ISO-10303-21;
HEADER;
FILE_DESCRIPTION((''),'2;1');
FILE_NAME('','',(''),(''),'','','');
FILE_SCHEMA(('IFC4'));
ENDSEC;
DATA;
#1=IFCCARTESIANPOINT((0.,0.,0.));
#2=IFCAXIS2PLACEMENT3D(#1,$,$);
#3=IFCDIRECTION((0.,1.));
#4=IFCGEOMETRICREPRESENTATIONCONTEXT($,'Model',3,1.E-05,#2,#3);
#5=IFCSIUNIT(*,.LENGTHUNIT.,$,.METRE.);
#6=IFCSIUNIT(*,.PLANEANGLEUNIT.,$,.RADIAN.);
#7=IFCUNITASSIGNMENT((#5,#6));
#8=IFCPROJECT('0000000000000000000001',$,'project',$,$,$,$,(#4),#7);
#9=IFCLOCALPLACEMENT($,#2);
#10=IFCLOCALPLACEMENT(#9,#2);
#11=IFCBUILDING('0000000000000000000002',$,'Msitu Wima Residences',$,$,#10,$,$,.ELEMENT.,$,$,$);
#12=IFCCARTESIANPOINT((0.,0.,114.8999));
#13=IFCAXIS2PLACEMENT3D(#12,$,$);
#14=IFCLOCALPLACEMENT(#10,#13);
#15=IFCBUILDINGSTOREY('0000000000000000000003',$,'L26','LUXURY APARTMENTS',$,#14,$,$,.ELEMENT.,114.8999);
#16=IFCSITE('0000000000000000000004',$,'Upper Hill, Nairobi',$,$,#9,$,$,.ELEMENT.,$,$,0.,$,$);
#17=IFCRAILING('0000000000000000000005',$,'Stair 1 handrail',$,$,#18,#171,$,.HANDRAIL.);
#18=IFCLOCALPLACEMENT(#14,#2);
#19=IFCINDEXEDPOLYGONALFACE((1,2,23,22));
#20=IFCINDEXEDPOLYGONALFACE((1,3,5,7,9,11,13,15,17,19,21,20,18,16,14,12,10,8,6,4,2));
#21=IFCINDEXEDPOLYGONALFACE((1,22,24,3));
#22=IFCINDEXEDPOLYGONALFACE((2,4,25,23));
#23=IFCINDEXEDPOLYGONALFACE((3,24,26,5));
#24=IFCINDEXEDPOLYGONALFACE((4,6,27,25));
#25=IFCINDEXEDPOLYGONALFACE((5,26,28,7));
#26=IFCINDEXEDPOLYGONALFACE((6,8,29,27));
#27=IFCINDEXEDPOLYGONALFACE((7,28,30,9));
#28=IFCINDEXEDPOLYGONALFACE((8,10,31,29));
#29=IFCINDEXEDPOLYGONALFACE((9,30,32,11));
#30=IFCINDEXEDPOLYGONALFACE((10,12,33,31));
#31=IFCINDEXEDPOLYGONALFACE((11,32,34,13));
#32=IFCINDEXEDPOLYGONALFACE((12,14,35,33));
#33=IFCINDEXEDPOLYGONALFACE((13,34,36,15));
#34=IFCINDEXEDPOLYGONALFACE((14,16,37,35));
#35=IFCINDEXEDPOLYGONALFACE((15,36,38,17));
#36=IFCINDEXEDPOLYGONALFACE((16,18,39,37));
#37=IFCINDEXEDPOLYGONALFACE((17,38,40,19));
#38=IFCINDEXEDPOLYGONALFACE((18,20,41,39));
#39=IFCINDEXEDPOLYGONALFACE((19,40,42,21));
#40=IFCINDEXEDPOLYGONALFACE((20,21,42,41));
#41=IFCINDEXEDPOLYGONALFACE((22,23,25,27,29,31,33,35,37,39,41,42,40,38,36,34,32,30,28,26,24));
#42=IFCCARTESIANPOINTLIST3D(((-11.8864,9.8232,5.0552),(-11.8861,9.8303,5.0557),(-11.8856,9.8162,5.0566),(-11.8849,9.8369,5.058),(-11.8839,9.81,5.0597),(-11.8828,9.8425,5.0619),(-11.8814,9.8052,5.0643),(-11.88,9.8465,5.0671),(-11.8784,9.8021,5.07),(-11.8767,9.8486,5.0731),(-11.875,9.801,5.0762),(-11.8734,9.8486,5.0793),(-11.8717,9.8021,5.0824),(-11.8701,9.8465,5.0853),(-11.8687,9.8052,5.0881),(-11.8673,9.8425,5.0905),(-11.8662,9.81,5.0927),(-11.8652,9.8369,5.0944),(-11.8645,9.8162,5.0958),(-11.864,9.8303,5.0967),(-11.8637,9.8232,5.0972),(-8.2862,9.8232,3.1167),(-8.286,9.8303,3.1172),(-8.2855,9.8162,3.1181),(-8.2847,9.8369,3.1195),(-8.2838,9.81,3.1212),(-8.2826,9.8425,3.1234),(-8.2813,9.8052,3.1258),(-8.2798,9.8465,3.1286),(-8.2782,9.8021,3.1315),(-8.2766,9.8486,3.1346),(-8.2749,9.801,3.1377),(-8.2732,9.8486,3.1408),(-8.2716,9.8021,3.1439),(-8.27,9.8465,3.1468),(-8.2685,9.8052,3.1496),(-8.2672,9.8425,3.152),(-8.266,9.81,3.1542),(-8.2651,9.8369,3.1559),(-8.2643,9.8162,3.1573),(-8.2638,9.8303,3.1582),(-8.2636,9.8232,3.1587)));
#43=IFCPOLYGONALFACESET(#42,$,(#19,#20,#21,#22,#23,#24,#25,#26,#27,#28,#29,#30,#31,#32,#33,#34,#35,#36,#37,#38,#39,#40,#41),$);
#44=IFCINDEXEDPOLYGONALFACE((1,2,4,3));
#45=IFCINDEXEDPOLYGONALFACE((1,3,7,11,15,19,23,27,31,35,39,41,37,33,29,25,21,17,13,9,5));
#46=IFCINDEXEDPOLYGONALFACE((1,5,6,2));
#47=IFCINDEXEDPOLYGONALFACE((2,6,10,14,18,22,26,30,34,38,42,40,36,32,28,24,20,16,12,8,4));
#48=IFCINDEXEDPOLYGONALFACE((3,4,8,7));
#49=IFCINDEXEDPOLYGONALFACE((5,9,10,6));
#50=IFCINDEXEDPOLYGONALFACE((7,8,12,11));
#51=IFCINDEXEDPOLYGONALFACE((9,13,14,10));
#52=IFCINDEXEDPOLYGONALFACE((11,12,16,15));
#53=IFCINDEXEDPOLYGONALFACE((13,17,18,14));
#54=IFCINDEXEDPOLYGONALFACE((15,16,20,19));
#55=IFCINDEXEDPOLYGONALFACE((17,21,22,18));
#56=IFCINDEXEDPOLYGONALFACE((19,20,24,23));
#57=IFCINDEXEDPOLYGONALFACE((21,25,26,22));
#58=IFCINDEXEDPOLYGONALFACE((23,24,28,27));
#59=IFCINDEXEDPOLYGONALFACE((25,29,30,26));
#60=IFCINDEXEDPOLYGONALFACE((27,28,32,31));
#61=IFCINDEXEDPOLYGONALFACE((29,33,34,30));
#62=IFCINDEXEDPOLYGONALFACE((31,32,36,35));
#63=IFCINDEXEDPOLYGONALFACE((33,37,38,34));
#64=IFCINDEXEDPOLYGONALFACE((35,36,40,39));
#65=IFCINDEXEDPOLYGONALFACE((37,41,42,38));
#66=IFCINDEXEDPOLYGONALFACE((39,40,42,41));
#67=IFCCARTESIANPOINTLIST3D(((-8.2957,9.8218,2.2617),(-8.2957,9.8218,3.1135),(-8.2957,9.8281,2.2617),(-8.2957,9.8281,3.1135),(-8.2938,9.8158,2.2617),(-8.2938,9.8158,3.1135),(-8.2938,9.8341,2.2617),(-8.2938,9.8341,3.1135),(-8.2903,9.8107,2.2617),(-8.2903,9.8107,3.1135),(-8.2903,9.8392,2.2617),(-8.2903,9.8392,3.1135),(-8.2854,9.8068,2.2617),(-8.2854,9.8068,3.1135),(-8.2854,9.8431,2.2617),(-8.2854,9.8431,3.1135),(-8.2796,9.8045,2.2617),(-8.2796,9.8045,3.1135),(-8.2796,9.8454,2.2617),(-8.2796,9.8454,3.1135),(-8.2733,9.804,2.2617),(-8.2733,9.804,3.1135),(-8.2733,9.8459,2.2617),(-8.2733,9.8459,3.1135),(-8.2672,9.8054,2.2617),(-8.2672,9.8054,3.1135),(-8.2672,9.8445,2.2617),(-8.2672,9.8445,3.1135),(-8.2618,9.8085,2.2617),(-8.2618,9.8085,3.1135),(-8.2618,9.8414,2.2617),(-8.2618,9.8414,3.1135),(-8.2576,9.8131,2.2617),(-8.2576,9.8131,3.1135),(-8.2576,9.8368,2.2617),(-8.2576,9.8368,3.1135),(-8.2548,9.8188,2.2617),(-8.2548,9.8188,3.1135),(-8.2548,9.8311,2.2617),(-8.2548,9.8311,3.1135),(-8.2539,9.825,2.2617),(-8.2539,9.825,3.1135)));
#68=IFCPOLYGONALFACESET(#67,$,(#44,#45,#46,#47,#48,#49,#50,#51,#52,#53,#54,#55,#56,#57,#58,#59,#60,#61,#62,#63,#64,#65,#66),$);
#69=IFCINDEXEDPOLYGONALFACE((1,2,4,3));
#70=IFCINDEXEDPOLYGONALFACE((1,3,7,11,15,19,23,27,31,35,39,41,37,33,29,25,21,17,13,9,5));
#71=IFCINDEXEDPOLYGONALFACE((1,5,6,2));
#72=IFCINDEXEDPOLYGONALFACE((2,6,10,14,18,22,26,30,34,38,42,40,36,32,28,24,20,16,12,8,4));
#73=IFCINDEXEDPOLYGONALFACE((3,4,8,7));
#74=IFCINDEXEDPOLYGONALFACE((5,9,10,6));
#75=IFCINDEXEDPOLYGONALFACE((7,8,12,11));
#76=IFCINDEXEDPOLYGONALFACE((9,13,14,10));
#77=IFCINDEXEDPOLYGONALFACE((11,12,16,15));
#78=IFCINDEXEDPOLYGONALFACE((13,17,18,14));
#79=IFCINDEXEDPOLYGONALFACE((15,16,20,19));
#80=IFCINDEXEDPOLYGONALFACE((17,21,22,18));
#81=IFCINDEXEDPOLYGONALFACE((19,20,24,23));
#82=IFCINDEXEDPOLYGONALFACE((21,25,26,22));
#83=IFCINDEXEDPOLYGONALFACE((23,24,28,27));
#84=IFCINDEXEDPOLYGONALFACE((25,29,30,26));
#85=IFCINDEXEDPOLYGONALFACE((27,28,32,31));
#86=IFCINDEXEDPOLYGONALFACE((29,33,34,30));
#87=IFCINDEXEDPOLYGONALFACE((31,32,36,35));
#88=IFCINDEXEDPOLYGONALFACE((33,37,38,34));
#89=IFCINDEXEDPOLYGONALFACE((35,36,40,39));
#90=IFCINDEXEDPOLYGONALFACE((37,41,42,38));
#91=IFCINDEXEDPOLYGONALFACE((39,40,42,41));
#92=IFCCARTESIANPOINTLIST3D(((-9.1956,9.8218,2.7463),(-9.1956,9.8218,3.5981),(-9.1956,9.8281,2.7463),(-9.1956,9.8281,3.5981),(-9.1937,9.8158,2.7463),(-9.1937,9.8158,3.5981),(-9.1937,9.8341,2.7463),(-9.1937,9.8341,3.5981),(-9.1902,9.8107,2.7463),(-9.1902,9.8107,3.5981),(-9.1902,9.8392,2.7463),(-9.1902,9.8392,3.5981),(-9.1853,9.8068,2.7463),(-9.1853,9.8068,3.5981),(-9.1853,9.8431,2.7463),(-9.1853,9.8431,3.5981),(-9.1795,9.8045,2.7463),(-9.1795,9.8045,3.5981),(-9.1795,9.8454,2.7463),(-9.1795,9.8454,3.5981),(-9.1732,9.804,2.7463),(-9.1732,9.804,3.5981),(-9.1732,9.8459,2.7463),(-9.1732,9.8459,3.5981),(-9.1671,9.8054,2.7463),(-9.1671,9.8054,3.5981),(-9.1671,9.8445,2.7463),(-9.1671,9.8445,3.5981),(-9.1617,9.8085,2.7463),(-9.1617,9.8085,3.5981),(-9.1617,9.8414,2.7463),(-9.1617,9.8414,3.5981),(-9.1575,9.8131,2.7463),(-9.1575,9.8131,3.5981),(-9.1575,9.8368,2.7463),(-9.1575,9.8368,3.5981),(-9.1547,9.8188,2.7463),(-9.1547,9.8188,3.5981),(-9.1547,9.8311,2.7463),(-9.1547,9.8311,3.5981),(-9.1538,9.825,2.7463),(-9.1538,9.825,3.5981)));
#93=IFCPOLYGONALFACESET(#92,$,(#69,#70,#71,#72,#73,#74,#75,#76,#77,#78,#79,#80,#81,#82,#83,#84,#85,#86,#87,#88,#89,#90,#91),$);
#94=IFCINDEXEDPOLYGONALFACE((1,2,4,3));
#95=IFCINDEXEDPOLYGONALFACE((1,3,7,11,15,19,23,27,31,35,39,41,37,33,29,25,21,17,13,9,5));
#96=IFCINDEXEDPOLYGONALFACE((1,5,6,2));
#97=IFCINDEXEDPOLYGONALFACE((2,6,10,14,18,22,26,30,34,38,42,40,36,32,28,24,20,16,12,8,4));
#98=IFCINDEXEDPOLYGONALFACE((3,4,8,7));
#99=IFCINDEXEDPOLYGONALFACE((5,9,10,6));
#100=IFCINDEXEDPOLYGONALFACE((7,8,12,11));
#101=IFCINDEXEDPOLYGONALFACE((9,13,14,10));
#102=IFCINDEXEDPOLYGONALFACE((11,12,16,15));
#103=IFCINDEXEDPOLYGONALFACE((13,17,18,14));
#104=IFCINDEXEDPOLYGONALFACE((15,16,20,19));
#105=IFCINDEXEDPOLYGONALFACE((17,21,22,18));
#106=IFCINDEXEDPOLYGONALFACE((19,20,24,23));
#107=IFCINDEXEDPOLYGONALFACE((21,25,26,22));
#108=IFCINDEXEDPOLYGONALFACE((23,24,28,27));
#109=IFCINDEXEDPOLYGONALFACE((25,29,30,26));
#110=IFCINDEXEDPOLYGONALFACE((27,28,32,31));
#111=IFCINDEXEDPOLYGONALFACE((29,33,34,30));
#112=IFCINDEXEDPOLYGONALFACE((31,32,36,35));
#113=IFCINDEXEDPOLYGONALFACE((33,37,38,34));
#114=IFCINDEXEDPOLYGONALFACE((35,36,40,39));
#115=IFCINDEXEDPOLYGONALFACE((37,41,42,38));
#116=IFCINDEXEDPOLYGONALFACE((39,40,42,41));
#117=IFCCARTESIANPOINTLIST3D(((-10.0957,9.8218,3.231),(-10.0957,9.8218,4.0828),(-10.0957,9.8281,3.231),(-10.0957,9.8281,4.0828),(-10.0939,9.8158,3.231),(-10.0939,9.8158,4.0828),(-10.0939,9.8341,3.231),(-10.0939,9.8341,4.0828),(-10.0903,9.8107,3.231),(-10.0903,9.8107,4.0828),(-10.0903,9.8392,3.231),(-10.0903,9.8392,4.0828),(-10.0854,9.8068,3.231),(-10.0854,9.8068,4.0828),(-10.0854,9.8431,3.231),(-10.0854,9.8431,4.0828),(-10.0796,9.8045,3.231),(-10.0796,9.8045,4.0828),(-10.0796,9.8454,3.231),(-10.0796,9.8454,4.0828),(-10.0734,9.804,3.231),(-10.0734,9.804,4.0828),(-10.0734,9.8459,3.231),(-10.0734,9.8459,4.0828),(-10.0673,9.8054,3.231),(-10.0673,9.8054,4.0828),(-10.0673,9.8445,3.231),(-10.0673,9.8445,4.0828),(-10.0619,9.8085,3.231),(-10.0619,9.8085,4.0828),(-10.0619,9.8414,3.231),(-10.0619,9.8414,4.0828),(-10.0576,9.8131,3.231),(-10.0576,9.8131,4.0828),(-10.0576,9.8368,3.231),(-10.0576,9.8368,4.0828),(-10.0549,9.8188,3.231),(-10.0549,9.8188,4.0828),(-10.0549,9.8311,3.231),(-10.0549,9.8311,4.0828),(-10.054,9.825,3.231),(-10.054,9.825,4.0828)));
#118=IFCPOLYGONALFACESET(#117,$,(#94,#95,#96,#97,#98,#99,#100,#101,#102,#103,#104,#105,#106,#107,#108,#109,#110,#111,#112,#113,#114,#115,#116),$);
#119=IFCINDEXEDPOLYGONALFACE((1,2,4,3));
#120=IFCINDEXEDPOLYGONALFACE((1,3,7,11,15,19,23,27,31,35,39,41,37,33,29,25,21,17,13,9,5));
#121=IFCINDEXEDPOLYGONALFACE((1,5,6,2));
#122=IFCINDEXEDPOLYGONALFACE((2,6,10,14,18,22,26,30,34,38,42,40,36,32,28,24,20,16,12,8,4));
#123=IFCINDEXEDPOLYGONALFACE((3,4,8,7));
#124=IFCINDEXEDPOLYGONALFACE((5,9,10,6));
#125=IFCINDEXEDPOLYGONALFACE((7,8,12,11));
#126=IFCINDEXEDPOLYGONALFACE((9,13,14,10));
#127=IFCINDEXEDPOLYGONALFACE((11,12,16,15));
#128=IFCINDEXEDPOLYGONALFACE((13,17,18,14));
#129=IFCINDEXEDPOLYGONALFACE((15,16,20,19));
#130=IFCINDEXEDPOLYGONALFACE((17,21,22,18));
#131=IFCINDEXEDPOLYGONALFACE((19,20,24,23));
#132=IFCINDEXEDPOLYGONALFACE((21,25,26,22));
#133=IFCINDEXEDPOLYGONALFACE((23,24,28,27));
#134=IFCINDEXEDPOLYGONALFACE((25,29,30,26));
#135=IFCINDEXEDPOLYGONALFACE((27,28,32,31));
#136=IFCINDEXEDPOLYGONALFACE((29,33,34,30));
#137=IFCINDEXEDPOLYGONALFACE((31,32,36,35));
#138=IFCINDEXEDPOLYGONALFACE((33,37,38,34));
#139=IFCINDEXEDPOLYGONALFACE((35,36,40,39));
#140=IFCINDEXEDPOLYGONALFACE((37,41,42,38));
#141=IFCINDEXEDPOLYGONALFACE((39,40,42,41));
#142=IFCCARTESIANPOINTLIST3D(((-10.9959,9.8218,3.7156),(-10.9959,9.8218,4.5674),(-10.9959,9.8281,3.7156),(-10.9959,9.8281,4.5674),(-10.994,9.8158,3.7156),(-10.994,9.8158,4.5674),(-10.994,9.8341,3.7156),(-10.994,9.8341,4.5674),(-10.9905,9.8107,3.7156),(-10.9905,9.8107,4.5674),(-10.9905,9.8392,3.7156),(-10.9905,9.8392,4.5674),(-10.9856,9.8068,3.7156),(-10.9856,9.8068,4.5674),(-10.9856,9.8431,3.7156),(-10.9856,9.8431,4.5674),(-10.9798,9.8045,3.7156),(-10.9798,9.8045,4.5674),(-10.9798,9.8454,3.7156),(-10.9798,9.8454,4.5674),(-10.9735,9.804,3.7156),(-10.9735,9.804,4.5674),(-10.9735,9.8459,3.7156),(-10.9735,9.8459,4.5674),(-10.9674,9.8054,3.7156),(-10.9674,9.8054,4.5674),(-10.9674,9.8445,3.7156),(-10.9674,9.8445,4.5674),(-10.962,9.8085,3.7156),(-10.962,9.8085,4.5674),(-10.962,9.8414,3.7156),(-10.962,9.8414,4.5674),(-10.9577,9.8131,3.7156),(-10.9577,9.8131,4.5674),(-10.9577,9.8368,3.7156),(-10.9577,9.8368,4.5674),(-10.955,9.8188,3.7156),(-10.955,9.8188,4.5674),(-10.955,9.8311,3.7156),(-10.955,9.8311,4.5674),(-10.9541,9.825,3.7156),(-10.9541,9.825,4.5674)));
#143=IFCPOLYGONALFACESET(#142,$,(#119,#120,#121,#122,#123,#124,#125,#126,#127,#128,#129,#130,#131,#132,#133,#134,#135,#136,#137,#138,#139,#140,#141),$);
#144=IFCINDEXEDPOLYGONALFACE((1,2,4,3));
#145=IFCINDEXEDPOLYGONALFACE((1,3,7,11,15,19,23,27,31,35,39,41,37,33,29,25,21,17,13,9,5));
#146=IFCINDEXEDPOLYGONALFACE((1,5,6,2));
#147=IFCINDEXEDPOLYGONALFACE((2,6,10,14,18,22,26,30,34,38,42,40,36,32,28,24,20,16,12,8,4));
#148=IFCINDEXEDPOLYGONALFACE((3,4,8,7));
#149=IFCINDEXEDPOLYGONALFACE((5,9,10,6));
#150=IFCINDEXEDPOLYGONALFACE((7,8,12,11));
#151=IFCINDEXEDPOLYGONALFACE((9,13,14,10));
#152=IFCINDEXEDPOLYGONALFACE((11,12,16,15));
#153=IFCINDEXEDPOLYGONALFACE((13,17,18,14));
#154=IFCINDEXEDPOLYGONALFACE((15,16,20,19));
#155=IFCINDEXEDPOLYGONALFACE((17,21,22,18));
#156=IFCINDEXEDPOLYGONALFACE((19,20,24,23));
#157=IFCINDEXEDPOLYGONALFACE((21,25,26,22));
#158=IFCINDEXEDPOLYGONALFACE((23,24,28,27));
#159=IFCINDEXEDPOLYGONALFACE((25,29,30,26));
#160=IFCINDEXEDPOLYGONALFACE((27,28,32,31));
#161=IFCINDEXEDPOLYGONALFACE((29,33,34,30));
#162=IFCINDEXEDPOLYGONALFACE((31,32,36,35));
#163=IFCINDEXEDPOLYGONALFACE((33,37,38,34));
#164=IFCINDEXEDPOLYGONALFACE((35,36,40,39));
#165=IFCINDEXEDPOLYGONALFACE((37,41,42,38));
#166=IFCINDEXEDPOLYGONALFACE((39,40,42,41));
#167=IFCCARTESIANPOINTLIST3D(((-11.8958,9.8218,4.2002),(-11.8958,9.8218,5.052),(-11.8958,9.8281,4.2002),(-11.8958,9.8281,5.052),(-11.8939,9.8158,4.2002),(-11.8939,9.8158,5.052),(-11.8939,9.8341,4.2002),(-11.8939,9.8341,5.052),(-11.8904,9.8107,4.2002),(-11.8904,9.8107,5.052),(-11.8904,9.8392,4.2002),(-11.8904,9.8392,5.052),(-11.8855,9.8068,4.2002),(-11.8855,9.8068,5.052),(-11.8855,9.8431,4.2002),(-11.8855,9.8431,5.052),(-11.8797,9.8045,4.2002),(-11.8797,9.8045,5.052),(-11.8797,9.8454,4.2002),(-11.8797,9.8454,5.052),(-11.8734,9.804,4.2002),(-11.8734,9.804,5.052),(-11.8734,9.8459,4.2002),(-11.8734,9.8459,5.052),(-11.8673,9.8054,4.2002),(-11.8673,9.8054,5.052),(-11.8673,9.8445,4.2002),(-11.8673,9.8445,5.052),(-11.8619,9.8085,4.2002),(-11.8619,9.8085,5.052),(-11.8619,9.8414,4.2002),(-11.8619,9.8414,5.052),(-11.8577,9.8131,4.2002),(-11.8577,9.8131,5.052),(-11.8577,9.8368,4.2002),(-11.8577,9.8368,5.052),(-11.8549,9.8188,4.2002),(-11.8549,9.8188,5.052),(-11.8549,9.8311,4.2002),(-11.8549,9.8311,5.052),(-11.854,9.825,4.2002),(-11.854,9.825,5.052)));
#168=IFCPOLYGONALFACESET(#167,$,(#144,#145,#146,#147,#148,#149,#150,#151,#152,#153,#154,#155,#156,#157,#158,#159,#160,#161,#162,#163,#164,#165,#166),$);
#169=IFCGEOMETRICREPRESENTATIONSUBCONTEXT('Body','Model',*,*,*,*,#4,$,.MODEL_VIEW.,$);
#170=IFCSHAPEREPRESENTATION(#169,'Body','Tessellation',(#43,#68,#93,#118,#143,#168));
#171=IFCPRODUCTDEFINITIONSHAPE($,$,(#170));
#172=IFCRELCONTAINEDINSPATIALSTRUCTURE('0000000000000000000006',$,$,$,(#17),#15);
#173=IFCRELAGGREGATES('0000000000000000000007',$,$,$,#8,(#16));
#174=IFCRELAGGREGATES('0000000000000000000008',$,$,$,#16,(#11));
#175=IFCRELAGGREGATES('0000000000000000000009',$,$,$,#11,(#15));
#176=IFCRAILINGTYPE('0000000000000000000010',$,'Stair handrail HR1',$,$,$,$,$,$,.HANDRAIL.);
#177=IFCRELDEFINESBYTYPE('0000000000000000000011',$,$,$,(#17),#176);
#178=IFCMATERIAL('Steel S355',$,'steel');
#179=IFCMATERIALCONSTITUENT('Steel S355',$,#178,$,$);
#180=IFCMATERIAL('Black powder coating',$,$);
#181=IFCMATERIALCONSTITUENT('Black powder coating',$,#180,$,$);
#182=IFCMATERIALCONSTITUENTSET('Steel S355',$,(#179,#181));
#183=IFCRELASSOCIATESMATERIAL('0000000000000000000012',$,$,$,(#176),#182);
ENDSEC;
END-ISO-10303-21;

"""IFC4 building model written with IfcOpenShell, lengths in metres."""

from ifc_helpers import new_model, si_unit, direction, frame, origin, origin_2d, place, context, subcontext, project, spatial, circle, extrude, material, constituent, constituent_set, type_object, element, save


model = new_model("IFC4")

# Units and contexts
model_context = context("Model", 3, precision=1e-05, world=origin(), true_north=direction((0.0, 1.0)))
body_context = subcontext(model_context, "Body", "Model", "MODEL_VIEW")
ifc_project = project(units=[si_unit("LENGTHUNIT", "METRE"), si_unit("PLANEANGLEUNIT", "RADIAN")], contexts=[model_context])

# Site, building, storey
site_placement = place(None, origin())
site = spatial("IfcSite", under=ifc_project, at=site_placement, Name="Upper Hill, Nairobi", CompositionType="ELEMENT", RefElevation=0.0)
building_placement = place(site_placement, origin())
building = spatial("IfcBuilding", under=site, at=building_placement, Name="Msitu Wima Residences", CompositionType="ELEMENT")
storey_placement = place(building_placement, frame((0.0, 0.0, 114.8999)))
storey = spatial("IfcBuildingStorey", under=building, at=storey_placement, Name="L26", Description="LUXURY APARTMENTS", CompositionType="ELEMENT", Elevation=114.8999)

# Railing
ifc_material_1 = material(Name="Steel S355", Category="steel")
ifc_constituent_1 = constituent(ifc_material_1, Name="Steel S355")
ifc_material_2 = material(Name="Black powder coating")
ifc_constituent_2 = constituent(ifc_material_2, Name="Black powder coating")
ifc_constituent_set = constituent_set(constituents=[ifc_constituent_1, ifc_constituent_2], Name="Steel S355")
railing_type = type_object("IfcRailingType", Name="Stair handrail HR1", PredefinedType="HANDRAIL", material=ifc_constituent_set)
railing_placement = place(storey_placement, frame((-8.2749, 9.825, 2.2617)))
element("IfcRailing", 1, at=railing_placement, inside=storey, type_object=railing_type, Name="Stair 1 handrail", PredefinedType="HANDRAIL", context=body_context, shape_type="SweptSolid", body=[
    extrude(circle(Radius=0.0239, at=origin_2d()), frame((0.0, 0.0, 0.876), z_axis=(-0.880475, 0.0, 0.474093), x_axis=(0.0, -1.0, 0.0)), (0.0, 0.0, 1.0), 4.0889),
    extrude(circle(Radius=0.021, at=origin_2d()), origin(), (0.0, 0.0, 1.0), 0.8518),
    extrude(circle(Radius=0.021, at=origin_2d()), frame((-0.8999, 0.0, 0.4846)), (0.0, 0.0, 1.0), 0.8518),
    extrude(circle(Radius=0.021, at=origin_2d()), frame((-1.8, 0.0, 0.9692)), (0.0, 0.0, 1.0), 0.8518),
    extrude(circle(Radius=0.021, at=origin_2d()), frame((-2.7002, 0.0, 1.4539)), (0.0, 0.0, 1.0), 0.8518),
    extrude(circle(Radius=0.021, at=origin_2d()), frame((-3.6001, 0.0, 1.9385)), (0.0, 0.0, 1.0), 0.8518),
])

save(model, "model.ifc")
